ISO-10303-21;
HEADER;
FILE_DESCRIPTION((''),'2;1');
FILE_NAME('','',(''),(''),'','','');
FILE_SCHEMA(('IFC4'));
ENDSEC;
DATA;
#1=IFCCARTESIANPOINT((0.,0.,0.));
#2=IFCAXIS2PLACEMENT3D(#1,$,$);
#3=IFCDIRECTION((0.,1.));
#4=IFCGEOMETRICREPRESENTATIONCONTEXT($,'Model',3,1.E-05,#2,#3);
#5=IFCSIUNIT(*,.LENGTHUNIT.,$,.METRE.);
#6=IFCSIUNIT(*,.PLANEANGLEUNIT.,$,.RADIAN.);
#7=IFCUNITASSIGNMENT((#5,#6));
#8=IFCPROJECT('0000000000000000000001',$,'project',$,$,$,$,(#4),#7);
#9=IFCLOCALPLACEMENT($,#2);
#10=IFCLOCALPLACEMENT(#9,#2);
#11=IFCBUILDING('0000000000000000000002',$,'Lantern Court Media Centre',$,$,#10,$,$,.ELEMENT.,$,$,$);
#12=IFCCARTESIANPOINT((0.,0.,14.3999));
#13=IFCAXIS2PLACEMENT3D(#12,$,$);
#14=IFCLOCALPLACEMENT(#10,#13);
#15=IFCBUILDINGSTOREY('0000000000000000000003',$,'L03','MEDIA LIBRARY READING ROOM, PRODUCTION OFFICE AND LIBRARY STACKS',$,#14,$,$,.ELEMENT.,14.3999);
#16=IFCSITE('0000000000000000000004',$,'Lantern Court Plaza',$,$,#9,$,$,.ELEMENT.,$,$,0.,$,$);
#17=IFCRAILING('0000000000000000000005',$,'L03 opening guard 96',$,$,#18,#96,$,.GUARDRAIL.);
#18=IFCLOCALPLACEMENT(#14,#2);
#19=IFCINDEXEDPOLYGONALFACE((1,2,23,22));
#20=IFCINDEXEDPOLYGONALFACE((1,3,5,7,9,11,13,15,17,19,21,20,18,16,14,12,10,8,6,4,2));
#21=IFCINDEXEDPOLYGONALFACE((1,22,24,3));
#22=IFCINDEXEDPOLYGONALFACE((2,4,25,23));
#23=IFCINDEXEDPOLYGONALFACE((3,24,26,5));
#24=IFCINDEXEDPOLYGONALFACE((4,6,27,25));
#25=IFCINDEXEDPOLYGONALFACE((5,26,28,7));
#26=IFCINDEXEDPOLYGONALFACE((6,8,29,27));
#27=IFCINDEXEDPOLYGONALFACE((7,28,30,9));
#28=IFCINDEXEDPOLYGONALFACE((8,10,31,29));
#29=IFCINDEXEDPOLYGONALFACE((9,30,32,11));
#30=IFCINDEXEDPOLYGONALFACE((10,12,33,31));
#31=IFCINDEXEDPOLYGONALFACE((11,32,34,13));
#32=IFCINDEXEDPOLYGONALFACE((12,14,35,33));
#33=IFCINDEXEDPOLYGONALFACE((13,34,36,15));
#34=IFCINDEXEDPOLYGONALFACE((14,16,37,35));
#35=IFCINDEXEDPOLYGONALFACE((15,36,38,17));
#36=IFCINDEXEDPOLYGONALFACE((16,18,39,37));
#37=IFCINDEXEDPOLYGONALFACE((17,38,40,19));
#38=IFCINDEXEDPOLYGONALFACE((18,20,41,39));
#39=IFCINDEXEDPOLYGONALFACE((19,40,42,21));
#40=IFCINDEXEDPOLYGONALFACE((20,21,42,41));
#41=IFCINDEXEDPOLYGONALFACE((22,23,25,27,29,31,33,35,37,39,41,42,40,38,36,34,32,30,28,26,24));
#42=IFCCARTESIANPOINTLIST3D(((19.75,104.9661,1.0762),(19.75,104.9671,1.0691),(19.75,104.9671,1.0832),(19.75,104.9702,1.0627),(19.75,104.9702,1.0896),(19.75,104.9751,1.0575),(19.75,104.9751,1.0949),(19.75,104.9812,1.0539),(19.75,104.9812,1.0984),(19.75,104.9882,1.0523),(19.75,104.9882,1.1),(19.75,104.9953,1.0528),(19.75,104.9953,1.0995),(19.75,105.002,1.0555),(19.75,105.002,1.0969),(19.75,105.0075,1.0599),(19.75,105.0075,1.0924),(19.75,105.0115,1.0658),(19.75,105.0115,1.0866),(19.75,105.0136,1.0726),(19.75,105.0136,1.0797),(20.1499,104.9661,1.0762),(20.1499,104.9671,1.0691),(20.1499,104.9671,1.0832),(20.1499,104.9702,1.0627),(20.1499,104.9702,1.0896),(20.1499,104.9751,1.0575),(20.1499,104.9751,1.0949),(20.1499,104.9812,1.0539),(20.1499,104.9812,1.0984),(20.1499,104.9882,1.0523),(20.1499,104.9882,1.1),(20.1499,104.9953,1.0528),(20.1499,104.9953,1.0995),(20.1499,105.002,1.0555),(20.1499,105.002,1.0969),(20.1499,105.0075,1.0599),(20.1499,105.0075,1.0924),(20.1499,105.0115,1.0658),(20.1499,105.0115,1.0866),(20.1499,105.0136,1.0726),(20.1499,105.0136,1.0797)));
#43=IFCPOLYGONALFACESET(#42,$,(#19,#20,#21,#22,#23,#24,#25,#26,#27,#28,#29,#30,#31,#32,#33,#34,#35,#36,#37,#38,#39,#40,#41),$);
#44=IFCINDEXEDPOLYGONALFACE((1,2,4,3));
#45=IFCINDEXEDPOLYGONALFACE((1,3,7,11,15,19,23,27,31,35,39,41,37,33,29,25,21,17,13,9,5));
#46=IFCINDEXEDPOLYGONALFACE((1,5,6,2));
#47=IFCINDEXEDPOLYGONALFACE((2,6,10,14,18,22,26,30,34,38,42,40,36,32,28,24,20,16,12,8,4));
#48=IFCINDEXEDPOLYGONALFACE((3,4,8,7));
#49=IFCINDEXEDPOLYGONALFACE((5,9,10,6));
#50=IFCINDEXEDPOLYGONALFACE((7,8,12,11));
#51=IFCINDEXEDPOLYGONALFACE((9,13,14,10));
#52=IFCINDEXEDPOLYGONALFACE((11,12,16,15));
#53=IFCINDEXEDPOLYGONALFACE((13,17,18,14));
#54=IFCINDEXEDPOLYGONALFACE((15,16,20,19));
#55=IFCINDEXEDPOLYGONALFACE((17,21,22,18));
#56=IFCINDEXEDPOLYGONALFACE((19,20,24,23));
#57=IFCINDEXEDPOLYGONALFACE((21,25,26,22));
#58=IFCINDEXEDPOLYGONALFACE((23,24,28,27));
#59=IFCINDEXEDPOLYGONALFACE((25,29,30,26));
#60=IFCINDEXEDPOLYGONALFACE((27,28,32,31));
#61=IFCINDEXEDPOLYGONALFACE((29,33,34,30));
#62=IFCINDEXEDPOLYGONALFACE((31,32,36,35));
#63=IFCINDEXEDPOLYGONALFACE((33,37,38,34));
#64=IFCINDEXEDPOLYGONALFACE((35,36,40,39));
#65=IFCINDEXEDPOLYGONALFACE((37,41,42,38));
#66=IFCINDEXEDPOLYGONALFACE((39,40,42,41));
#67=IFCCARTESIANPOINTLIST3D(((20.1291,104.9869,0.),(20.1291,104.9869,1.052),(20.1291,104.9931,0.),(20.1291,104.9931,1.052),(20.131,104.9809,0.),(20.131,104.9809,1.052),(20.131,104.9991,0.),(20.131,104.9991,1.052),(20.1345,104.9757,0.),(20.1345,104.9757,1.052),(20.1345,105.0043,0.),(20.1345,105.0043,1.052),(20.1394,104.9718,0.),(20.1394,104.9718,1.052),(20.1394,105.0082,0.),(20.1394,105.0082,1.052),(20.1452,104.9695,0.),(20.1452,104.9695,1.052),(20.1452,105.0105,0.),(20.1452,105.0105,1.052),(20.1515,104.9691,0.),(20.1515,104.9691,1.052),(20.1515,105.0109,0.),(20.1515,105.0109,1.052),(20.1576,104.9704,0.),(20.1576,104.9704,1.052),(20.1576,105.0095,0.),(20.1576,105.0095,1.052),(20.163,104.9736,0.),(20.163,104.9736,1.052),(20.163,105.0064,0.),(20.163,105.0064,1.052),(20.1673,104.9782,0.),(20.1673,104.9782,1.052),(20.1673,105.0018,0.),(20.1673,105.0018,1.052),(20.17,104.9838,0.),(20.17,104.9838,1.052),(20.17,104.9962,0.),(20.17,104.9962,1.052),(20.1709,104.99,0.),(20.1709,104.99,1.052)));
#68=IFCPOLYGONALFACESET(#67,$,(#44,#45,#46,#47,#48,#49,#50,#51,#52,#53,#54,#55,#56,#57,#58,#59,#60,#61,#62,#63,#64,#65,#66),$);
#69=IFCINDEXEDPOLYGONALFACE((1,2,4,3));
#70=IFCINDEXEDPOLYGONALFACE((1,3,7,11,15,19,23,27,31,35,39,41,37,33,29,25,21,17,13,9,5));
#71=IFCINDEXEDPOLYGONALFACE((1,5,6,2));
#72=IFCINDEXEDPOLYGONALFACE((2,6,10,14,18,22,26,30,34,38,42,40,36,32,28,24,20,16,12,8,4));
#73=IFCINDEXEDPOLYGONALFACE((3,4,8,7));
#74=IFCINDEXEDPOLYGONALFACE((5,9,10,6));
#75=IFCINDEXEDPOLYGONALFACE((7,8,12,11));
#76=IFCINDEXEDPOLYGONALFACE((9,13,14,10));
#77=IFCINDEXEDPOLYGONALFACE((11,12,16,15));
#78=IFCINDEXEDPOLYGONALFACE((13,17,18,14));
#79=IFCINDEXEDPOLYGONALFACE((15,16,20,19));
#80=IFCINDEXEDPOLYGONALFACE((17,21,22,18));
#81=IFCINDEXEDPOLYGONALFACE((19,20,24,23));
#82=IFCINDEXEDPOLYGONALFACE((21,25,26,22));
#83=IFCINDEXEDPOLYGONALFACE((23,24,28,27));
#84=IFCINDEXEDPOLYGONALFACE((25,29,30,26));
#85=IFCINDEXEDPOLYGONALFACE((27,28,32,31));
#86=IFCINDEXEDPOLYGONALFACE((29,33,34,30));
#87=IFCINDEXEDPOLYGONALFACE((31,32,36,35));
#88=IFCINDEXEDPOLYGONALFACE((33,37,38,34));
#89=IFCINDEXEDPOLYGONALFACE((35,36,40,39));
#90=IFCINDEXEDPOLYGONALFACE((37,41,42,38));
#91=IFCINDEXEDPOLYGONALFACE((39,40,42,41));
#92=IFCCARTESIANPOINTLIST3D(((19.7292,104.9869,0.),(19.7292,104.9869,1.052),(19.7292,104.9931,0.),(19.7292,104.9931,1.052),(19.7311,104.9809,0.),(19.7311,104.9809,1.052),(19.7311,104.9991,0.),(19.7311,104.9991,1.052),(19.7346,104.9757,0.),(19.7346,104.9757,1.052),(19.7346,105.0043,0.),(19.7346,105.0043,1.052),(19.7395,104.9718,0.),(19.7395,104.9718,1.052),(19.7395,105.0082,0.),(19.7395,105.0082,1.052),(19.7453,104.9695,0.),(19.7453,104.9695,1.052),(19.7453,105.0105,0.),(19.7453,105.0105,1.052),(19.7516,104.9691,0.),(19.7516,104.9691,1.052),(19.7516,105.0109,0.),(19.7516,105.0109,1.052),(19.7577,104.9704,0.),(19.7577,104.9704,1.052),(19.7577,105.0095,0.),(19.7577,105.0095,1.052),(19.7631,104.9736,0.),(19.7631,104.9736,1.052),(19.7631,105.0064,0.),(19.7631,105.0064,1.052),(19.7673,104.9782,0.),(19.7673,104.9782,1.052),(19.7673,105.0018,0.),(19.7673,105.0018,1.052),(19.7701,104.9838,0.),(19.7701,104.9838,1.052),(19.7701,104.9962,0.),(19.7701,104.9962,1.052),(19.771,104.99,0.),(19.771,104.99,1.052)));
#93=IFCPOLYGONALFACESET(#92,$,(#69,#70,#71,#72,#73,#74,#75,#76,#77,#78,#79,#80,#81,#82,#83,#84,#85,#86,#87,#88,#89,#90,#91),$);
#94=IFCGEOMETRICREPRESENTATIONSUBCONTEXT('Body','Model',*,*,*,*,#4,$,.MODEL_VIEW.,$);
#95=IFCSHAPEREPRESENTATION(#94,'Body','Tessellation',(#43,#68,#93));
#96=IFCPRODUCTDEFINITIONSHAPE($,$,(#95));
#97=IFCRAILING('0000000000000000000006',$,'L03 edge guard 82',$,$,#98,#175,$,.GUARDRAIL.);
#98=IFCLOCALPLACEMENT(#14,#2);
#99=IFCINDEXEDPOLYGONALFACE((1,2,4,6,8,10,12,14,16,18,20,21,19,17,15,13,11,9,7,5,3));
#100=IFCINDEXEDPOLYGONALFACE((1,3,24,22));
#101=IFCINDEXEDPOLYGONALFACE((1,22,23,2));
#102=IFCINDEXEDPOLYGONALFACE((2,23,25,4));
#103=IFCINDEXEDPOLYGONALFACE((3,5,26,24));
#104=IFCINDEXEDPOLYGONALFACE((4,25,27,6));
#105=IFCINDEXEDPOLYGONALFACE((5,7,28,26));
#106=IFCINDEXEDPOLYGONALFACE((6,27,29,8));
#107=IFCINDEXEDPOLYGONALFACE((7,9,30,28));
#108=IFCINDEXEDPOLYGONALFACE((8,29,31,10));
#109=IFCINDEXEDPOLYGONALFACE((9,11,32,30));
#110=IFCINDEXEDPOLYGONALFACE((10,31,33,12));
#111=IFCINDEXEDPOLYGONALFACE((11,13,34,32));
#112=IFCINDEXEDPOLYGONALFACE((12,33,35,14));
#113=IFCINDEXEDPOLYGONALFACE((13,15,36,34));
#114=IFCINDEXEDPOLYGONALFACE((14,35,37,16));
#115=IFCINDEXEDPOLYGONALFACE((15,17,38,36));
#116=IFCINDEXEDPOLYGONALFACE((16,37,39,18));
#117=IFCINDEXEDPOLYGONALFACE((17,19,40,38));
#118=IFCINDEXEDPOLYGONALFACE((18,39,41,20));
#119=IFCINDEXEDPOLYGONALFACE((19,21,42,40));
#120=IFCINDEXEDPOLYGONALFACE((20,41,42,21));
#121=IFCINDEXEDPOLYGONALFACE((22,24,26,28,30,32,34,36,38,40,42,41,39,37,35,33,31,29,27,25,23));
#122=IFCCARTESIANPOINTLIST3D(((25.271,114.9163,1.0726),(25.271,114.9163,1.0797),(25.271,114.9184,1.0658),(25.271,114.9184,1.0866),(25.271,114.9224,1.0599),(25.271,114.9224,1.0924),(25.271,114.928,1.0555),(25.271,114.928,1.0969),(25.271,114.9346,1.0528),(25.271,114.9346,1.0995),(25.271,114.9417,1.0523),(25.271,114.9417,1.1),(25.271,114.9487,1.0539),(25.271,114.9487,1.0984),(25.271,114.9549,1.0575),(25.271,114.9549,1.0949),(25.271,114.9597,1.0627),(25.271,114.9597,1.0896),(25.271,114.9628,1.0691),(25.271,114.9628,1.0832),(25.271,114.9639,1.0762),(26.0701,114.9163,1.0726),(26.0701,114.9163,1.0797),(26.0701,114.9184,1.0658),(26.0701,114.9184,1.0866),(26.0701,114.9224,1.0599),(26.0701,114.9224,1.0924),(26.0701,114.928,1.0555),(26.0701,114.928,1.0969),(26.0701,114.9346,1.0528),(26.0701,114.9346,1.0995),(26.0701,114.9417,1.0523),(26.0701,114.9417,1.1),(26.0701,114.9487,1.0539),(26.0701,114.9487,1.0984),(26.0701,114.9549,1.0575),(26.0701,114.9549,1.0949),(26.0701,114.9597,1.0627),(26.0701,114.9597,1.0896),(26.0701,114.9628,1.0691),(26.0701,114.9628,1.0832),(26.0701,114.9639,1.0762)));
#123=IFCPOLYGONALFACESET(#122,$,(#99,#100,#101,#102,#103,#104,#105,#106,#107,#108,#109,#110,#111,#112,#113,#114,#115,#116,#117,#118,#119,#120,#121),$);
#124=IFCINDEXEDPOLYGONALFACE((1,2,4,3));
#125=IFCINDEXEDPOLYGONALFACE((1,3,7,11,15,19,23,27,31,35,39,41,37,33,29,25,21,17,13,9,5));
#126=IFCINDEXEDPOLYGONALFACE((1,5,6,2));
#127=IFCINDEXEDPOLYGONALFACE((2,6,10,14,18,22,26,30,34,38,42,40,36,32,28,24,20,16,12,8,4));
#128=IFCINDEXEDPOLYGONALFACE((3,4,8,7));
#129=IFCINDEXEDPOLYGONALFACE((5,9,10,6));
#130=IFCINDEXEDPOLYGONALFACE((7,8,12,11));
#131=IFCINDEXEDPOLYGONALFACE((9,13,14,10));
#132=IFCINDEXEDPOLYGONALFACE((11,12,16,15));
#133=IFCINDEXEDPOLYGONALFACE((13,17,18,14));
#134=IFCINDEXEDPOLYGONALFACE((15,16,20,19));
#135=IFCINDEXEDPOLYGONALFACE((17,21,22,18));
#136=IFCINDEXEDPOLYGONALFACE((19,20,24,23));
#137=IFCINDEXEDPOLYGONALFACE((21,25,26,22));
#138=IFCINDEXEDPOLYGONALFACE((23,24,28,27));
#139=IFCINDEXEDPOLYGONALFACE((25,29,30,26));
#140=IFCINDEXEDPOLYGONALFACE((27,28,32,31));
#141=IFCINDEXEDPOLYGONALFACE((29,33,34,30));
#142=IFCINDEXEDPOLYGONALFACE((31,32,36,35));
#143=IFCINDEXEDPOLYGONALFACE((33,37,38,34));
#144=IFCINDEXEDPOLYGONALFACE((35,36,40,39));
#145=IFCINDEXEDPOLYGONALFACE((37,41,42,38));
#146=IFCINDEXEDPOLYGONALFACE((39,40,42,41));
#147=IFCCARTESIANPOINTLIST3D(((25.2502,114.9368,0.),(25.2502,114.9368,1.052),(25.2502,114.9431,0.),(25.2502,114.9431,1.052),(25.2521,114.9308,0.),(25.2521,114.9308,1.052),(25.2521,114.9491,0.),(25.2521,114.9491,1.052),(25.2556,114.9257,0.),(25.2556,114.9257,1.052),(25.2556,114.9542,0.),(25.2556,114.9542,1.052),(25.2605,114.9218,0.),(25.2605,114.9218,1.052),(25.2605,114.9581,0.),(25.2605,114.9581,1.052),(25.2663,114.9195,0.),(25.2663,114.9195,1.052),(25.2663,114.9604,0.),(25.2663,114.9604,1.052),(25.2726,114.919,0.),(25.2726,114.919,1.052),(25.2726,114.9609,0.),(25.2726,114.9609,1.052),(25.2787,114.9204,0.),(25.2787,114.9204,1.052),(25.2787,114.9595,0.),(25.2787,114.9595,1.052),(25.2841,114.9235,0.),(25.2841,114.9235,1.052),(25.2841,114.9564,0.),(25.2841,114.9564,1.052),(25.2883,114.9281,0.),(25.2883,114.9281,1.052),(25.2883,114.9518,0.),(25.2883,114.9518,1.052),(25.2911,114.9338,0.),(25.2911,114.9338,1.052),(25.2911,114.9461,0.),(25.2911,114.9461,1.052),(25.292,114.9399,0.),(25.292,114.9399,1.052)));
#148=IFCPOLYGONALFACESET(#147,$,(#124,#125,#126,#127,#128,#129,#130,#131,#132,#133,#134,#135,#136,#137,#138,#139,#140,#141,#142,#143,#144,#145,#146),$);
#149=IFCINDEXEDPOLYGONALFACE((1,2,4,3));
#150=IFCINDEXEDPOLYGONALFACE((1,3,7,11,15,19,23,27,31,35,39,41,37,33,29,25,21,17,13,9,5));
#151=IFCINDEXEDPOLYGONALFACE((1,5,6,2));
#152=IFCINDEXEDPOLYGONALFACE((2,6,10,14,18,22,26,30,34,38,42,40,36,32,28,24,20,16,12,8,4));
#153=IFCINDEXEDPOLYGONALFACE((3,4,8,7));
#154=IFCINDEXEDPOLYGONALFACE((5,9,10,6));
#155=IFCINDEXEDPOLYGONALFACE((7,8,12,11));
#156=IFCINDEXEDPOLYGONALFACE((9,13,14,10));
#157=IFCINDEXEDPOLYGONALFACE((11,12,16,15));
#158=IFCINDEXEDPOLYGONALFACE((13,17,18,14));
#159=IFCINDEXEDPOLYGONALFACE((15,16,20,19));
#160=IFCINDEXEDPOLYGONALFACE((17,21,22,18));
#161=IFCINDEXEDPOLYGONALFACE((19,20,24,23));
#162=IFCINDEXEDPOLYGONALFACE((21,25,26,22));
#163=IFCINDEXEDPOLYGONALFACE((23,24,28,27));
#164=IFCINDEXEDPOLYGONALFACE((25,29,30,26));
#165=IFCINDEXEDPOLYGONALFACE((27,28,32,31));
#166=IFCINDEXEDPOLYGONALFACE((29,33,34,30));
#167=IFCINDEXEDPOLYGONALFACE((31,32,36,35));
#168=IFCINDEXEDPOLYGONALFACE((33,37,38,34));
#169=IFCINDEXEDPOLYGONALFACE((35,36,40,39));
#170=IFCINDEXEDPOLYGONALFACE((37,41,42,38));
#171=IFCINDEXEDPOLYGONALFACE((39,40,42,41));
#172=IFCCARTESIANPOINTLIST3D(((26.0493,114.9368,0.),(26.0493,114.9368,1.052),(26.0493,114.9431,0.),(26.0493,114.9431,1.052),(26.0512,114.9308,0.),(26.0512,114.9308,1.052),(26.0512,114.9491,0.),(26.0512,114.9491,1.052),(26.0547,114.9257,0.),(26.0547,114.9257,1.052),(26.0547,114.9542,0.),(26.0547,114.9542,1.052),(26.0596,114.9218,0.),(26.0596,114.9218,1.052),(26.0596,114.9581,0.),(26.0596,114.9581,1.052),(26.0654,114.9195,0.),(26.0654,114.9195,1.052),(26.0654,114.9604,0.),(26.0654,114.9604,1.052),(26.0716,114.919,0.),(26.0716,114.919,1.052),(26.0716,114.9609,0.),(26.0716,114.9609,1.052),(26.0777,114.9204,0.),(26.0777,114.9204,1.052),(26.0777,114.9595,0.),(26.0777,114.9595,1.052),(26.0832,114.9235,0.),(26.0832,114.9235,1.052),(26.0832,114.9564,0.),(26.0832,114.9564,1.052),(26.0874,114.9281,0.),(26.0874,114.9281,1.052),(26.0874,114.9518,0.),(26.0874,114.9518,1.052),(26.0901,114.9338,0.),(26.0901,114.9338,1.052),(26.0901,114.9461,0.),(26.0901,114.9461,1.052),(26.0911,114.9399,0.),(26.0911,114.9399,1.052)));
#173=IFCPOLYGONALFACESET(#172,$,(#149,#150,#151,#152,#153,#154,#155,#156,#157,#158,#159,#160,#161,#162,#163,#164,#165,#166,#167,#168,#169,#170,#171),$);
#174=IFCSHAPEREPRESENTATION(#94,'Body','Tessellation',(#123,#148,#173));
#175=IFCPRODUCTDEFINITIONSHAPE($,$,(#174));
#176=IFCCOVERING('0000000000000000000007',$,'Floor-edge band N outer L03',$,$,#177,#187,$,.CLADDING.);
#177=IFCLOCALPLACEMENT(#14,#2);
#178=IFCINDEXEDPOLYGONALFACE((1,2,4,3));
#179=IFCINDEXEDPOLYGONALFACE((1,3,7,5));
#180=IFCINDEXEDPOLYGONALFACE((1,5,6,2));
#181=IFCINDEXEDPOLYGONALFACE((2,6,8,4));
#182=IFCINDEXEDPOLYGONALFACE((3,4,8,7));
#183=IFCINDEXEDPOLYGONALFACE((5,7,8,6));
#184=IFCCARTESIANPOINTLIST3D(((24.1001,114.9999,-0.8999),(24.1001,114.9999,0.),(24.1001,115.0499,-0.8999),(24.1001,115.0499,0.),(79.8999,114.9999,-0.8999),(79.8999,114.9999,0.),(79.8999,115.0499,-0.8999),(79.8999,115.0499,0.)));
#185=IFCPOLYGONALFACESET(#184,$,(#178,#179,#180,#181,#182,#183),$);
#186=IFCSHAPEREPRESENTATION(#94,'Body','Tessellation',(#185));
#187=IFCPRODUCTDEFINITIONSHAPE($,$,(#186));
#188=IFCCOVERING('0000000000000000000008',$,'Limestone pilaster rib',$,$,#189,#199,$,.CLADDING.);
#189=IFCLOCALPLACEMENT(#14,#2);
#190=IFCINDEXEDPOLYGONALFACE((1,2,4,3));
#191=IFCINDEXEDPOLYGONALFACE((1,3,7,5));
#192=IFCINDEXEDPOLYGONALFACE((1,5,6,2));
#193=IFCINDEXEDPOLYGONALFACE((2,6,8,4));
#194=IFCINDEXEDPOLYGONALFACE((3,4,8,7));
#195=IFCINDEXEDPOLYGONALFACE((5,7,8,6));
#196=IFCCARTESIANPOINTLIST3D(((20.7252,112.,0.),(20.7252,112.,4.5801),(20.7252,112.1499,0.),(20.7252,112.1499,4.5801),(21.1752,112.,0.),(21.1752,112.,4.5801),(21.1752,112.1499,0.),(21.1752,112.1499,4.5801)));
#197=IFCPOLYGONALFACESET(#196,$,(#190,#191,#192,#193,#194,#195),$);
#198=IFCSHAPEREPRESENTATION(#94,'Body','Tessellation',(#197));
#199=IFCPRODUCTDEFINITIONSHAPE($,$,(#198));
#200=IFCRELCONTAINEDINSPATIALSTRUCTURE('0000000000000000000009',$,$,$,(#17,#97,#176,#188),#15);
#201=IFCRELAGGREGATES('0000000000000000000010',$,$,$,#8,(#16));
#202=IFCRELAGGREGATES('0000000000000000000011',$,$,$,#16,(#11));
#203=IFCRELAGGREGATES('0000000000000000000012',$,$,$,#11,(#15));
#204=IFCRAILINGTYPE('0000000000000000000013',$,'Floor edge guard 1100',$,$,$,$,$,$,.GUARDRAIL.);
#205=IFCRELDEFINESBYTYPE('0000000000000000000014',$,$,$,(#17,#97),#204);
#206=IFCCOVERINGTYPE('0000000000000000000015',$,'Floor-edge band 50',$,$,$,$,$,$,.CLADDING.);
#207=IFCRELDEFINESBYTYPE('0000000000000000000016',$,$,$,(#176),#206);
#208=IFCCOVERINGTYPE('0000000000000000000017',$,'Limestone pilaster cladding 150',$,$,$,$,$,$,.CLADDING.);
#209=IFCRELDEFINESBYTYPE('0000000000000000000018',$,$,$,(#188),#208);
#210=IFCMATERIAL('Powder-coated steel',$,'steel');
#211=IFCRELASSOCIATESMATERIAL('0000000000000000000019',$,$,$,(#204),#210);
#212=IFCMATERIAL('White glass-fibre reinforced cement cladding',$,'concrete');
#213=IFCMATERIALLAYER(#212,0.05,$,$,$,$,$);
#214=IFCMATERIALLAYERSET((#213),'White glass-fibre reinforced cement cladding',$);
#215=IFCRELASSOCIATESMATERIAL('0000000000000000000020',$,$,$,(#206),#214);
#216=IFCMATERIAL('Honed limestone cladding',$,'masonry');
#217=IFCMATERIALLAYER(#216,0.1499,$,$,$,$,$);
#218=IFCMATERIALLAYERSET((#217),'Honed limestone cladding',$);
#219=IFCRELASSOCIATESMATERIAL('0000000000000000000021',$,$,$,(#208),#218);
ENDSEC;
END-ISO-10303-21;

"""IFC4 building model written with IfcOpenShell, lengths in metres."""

from ifc_helpers import new_model, si_unit, direction, frame, frame_2d, origin, origin_2d, place, context, subcontext, project, spatial, rectangle, circle, extrude, material, layer, layer_set, type_object, element, save


model = new_model("IFC4")

# Units and contexts
model_context = context("Model", 3, precision=1e-05, world=origin(), true_north=direction((0.0, 1.0)))
body_context = subcontext(model_context, "Body", "Model", "MODEL_VIEW")
ifc_project = project(units=[si_unit("LENGTHUNIT", "METRE"), si_unit("PLANEANGLEUNIT", "RADIAN")], contexts=[model_context])

# Site, building, storey
site_placement = place(None, origin())
site = spatial("IfcSite", under=ifc_project, at=site_placement, Name="Lantern Court Plaza", CompositionType="ELEMENT", RefElevation=0.0)
building_placement = place(site_placement, origin())
building = spatial("IfcBuilding", under=site, at=building_placement, Name="Lantern Court Media Centre", CompositionType="ELEMENT")
storey_placement = place(building_placement, frame((0.0, 0.0, 14.3999)))
storey = spatial("IfcBuildingStorey", under=building, at=storey_placement, Name="L03", Description="MEDIA LIBRARY READING ROOM, PRODUCTION OFFICE AND LIBRARY STACKS", CompositionType="ELEMENT", Elevation=14.3999)

# Railings
ifc_material_1 = material(Name="Powder-coated steel", Category="steel")
railing_type_1 = type_object("IfcRailingType", Name="Floor edge guard 1100", PredefinedType="GUARDRAIL", material=ifc_material_1)
railing_1_placement = place(storey_placement, frame((20.1499, 104.99, 0.0)))
element("IfcRailing", 1, at=railing_1_placement, inside=storey, type_object=railing_type_1, Name="L03 opening guard 96", PredefinedType="GUARDRAIL", context=body_context, shape_type="SweptSolid", body=[
    extrude(circle(Radius=0.0239, at=origin_2d()), frame((0.0, 0.0, 1.0762), z_axis=(-1.0, 0.0, 0.0), x_axis=(0.0, -1.0, 0.0)), (0.0, 0.0, 1.0), 0.3999),
    extrude(circle(Radius=0.021, at=origin_2d()), origin(), (0.0, 0.0, 1.0), 1.052),
    extrude(circle(Radius=0.021, at=origin_2d()), frame((-0.3999, 0.0, 0.0)), (0.0, 0.0, 1.0), 1.052),
])
railing_2_placement = place(storey_placement, frame((25.271, 114.9399, 0.0)))
element("IfcRailing", 2, at=railing_2_placement, inside=storey, type_object=railing_type_1, Name="L03 edge guard 82", PredefinedType="GUARDRAIL", context=body_context, shape_type="SweptSolid", body=[
    extrude(circle(Radius=0.0239, at=origin_2d()), frame((0.0, 0.0, 1.0762), z_axis=(1.0, 0.0, 0.0), x_axis=(0.0, 1.0, 0.0)), (0.0, 0.0, 1.0), 0.7991),
    extrude(circle(Radius=0.021, at=origin_2d()), origin(), (0.0, 0.0, 1.0), 1.052),
    extrude(circle(Radius=0.021, at=origin_2d()), frame((0.7991, 0.0, 0.0)), (0.0, 0.0, 1.0), 1.052),
])

# Coverings
ifc_material_2 = material(Name="White glass-fibre reinforced cement cladding", Category="concrete")
ifc_layer_1 = layer(ifc_material_2, 0.05)
ifc_layer_set_1 = layer_set([ifc_layer_1], Name="White glass-fibre reinforced cement cladding")
covering_type_1 = type_object("IfcCoveringType", Name="Floor-edge band 50", PredefinedType="CLADDING", material=ifc_layer_set_1)
covering_1_placement = place(storey_placement, frame((24.1001, 115.0249, -0.8999), z_axis=(0.0, 0.0, 1.0), x_axis=(1.0, 0.0, 0.0)))
element("IfcCovering", 3, at=covering_1_placement, inside=storey, type_object=covering_type_1, Name="Floor-edge band N outer L03", PredefinedType="CLADDING", context=body_context, shape_type="SweptSolid", body=[
    extrude(rectangle(XDim=55.7998, YDim=0.05, at=frame_2d((27.8999, 0.0))), origin(), (0.0, 0.0, 1.0), 0.8999),
])
ifc_material_3 = material(Name="Honed limestone cladding", Category="masonry")
ifc_layer_2 = layer(ifc_material_3, 0.1499)
ifc_layer_set_2 = layer_set([ifc_layer_2], Name="Honed limestone cladding")
covering_type_2 = type_object("IfcCoveringType", Name="Limestone pilaster cladding 150", PredefinedType="CLADDING", material=ifc_layer_set_2)
covering_2_placement = place(storey_placement, frame((20.7251, 112.075, 0.0), z_axis=(0.0, 0.0, 1.0), x_axis=(1.0, 0.0, 0.0)))
element("IfcCovering", 4, at=covering_2_placement, inside=storey, type_object=covering_type_2, Name="Limestone pilaster rib", PredefinedType="CLADDING", context=body_context, shape_type="SweptSolid", body=[
    extrude(rectangle(XDim=0.45, YDim=0.1499, at=frame_2d((0.2251, 0.0))), origin(), (0.0, 0.0, 1.0), 4.5801),
])

save(model, "model.ifc")
